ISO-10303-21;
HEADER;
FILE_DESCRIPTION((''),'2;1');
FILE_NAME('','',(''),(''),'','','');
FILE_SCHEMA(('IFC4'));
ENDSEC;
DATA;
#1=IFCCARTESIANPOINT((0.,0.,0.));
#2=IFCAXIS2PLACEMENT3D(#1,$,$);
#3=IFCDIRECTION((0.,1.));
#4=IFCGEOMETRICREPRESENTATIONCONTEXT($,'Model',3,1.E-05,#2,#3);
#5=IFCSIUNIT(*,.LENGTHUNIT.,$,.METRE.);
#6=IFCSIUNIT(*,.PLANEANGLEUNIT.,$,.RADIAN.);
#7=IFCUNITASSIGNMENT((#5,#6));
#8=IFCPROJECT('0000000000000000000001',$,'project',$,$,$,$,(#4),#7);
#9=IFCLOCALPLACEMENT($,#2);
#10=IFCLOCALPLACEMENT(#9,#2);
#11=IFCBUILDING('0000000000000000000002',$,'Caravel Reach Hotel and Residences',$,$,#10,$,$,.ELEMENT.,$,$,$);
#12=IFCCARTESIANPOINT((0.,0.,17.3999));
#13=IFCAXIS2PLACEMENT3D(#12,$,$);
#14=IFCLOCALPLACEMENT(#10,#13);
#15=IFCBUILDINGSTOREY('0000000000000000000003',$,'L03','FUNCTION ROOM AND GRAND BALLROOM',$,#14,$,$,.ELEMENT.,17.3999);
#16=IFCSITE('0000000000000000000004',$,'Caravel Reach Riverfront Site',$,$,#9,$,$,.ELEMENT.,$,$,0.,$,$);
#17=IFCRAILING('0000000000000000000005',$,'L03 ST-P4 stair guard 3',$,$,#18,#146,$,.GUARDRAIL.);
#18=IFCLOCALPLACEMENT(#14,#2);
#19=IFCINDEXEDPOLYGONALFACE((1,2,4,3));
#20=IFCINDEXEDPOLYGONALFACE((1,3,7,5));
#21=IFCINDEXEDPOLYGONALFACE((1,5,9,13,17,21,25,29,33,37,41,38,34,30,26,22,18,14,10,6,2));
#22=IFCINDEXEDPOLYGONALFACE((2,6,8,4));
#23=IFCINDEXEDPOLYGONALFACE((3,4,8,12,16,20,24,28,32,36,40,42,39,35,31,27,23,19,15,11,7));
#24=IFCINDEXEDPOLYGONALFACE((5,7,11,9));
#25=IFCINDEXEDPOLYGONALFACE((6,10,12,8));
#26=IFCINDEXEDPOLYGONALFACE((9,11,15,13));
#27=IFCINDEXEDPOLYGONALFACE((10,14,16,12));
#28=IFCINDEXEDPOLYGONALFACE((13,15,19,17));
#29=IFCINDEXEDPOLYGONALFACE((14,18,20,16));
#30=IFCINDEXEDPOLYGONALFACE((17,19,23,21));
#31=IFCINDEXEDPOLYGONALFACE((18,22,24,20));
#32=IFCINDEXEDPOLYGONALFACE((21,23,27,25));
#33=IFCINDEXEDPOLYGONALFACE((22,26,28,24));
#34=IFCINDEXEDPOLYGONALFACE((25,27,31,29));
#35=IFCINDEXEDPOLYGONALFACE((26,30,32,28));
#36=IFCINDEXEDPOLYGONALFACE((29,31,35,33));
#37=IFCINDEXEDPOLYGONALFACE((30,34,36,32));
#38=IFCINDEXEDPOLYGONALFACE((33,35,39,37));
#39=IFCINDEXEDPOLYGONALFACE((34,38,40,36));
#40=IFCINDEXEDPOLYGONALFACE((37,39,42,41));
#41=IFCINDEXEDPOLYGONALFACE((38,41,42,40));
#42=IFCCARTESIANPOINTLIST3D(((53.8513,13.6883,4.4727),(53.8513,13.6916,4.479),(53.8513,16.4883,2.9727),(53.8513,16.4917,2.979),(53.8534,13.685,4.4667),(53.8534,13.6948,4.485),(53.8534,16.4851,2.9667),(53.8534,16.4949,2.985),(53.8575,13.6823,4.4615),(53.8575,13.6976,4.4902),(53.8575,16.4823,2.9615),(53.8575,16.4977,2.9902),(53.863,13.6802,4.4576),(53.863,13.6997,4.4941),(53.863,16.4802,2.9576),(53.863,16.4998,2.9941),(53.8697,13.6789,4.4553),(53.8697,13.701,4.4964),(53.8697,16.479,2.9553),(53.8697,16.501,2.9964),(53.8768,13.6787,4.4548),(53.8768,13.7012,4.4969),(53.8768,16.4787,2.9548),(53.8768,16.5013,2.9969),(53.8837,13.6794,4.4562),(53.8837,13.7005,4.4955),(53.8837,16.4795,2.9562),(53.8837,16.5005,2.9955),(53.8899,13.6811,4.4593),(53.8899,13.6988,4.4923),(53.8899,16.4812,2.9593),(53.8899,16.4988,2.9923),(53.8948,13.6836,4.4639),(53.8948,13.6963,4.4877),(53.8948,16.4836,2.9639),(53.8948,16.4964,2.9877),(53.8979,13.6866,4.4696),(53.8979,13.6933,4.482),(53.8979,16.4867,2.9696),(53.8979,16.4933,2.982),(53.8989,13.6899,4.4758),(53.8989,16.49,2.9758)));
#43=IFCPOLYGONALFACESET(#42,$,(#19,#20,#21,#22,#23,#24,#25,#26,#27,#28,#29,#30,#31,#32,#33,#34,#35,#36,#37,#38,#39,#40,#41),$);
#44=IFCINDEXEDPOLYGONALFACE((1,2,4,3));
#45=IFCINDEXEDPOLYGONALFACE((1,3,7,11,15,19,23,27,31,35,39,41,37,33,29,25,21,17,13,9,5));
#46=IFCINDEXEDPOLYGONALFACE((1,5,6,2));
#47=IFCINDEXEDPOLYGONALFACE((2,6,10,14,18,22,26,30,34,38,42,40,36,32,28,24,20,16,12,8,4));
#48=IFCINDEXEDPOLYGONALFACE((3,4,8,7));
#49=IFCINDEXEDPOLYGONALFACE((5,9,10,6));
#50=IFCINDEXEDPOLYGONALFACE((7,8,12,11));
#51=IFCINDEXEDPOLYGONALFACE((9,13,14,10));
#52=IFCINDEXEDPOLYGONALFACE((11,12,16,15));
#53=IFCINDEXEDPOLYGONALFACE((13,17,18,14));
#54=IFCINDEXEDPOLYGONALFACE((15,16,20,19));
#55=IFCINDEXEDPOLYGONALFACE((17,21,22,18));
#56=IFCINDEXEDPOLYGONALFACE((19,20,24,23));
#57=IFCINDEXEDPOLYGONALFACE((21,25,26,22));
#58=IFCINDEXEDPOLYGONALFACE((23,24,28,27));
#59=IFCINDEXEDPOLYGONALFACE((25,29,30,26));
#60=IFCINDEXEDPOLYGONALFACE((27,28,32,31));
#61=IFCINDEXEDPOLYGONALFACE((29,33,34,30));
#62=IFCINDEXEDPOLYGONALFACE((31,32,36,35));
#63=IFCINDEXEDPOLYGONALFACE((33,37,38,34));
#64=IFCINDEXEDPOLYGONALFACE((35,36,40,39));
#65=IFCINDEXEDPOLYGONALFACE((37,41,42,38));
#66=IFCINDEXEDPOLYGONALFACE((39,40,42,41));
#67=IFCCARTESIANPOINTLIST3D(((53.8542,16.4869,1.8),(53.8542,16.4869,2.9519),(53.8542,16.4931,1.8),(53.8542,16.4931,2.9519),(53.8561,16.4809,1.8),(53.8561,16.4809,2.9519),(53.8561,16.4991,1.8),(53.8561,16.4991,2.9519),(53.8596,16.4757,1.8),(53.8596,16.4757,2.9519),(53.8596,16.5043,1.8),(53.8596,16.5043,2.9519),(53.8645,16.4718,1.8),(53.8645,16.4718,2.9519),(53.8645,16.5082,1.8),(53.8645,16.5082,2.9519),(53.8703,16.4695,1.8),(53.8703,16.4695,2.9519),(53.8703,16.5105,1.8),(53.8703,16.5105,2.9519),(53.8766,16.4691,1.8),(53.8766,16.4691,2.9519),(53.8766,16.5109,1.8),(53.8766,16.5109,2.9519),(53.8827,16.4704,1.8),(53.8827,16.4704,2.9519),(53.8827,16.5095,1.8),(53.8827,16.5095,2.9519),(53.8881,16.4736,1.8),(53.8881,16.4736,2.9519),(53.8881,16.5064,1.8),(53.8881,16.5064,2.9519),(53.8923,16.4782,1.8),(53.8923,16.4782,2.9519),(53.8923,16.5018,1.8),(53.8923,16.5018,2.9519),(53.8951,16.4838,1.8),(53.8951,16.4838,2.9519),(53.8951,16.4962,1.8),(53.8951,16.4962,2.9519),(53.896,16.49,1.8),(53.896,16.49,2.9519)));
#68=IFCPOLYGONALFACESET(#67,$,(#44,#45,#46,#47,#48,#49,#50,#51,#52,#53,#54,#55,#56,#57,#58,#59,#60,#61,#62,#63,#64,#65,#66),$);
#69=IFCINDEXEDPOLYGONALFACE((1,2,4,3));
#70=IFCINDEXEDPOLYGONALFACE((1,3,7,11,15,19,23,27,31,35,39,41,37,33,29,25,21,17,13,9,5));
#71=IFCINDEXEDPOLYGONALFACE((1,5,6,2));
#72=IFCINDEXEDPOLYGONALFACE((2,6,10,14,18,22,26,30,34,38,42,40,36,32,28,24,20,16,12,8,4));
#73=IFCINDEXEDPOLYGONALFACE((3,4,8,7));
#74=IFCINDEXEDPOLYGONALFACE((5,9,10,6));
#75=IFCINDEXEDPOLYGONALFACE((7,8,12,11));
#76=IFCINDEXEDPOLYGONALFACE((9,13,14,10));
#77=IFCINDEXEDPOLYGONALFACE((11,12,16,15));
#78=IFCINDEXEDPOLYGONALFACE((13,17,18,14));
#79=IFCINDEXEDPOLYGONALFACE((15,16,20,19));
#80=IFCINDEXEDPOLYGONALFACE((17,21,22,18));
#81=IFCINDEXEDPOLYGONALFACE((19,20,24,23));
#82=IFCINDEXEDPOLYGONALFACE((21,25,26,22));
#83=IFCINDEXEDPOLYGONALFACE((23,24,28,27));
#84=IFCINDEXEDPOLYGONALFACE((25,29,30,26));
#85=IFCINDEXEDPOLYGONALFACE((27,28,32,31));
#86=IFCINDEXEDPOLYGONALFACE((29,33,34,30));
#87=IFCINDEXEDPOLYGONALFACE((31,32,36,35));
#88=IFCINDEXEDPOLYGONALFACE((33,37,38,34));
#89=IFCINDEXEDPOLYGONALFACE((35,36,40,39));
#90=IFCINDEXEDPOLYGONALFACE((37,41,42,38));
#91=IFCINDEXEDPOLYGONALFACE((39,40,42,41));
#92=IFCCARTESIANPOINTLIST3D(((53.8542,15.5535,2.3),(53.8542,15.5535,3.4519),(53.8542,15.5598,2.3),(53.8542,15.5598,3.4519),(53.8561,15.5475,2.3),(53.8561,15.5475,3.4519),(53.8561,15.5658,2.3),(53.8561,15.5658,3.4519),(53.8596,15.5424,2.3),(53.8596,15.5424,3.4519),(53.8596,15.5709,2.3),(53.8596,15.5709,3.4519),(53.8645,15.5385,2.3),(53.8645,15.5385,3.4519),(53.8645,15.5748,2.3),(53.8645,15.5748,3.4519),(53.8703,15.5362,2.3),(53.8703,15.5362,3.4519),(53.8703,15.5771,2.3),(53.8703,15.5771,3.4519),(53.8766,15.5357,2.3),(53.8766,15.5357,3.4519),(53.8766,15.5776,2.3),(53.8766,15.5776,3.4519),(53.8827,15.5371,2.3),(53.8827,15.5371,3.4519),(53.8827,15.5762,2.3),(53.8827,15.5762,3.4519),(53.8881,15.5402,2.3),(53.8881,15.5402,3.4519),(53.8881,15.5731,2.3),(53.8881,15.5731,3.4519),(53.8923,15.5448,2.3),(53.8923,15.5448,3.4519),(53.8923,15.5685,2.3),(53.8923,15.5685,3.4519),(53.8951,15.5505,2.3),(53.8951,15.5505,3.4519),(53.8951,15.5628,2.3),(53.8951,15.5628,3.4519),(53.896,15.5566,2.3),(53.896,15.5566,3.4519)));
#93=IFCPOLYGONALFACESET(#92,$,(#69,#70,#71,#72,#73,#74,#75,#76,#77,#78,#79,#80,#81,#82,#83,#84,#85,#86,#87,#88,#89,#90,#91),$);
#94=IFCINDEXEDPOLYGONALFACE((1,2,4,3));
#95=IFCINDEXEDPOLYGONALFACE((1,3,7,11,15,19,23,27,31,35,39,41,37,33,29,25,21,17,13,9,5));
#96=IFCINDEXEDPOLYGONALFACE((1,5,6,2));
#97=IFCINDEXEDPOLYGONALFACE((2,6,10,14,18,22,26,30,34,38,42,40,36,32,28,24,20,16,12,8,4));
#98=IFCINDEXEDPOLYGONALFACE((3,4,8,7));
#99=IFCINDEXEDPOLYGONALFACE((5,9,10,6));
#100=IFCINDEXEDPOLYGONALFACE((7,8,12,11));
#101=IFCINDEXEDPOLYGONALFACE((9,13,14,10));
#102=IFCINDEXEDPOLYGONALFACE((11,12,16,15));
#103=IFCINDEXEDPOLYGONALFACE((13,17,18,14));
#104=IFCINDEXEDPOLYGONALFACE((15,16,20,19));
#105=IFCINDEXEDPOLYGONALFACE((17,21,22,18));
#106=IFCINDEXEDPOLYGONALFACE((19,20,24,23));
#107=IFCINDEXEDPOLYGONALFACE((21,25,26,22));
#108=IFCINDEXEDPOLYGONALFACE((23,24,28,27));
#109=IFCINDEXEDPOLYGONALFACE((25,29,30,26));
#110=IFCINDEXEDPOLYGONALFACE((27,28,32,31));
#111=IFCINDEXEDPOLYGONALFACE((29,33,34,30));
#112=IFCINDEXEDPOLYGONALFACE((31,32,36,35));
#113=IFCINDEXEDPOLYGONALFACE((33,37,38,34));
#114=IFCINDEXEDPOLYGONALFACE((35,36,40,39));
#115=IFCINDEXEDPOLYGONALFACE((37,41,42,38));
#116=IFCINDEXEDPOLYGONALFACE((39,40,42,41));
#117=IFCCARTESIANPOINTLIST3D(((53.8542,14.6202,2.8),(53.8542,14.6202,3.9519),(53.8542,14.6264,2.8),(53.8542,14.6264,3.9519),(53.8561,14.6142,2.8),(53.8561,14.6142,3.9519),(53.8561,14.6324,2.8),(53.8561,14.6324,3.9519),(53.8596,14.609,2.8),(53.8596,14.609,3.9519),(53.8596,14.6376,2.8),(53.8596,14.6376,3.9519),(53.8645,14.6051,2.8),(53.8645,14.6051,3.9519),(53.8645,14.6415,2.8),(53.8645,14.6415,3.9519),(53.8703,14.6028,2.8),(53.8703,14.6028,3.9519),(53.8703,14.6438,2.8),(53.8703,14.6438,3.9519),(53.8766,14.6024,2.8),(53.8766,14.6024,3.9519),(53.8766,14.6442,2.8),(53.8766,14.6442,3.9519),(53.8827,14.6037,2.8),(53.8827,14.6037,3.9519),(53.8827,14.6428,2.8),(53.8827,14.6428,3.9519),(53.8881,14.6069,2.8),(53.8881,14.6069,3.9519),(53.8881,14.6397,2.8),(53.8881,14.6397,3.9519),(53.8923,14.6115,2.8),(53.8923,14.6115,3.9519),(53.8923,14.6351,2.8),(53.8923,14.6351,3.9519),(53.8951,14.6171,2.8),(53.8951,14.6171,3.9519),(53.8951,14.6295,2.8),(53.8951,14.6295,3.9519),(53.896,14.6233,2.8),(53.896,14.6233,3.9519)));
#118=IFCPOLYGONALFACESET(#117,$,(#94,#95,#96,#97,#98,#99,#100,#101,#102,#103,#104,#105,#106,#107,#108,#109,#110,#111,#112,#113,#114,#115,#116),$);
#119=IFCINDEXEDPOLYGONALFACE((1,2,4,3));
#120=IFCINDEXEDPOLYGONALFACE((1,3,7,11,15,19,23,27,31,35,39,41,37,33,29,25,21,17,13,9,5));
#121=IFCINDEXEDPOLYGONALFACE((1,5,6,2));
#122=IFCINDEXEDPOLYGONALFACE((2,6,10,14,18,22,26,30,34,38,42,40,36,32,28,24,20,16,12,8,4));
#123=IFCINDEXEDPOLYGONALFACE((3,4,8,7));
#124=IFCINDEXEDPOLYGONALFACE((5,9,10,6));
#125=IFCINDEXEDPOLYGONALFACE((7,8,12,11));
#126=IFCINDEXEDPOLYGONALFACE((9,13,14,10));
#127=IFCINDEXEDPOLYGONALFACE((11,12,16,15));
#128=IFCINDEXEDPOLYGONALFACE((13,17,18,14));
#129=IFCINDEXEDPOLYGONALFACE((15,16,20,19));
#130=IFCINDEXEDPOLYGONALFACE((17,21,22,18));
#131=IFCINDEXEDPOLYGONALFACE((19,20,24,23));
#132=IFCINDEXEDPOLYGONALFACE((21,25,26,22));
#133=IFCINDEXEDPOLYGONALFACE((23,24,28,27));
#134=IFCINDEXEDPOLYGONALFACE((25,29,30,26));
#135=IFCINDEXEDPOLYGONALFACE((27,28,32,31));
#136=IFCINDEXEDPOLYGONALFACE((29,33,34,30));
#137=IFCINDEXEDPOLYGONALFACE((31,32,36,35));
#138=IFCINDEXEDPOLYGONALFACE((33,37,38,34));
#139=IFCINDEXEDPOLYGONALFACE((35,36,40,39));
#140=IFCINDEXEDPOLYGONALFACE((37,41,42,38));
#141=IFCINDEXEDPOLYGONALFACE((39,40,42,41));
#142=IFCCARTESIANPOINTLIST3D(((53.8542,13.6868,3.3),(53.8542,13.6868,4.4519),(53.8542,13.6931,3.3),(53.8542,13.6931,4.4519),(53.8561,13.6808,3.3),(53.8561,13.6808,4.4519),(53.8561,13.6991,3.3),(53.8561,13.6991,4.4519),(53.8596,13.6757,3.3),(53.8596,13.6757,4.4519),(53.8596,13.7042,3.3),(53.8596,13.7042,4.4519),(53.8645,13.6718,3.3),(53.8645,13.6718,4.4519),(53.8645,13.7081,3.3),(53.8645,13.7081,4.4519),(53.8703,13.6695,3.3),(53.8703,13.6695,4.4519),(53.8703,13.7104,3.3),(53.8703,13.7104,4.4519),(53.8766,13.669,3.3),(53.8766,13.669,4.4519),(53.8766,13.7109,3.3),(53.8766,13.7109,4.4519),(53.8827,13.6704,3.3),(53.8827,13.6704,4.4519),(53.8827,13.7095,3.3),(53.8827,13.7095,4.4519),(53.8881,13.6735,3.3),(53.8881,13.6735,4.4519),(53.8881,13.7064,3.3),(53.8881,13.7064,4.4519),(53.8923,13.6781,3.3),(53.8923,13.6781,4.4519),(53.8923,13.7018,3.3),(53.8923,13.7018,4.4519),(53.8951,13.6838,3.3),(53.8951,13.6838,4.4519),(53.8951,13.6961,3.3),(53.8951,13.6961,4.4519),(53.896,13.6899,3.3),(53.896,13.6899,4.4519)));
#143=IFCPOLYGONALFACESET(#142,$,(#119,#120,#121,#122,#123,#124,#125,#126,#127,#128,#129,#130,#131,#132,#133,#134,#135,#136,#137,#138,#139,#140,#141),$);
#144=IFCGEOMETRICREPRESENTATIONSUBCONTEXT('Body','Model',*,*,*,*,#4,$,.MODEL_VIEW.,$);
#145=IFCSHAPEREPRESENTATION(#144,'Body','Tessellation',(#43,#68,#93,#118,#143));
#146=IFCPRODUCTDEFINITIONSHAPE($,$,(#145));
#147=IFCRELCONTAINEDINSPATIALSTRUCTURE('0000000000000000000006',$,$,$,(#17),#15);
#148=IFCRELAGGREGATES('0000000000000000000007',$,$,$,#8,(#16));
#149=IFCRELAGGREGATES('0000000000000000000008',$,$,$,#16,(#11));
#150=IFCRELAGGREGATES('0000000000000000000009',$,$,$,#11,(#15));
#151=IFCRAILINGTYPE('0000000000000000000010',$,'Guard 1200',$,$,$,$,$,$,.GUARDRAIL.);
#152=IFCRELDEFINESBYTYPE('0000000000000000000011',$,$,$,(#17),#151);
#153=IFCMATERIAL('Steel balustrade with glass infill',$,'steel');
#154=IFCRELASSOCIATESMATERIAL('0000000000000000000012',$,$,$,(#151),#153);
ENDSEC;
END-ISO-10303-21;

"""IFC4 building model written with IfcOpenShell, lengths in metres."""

from ifc_helpers import new_model, si_unit, direction, frame, origin, origin_2d, place, context, subcontext, project, spatial, circle, extrude, material, type_object, element, save


model = new_model("IFC4")

# Units and contexts
model_context = context("Model", 3, precision=1e-05, world=origin(), true_north=direction((0.0, 1.0)))
body_context = subcontext(model_context, "Body", "Model", "MODEL_VIEW")
ifc_project = project(units=[si_unit("LENGTHUNIT", "METRE"), si_unit("PLANEANGLEUNIT", "RADIAN")], contexts=[model_context])

# Site, building, storey
site_placement = place(None, origin())
site = spatial("IfcSite", under=ifc_project, at=site_placement, Name="Caravel Reach Riverfront Site", CompositionType="ELEMENT", RefElevation=0.0)
building_placement = place(site_placement, origin())
building = spatial("IfcBuilding", under=site, at=building_placement, Name="Caravel Reach Hotel and Residences", CompositionType="ELEMENT")
storey_placement = place(building_placement, frame((0.0, 0.0, 17.3999)))
storey = spatial("IfcBuildingStorey", under=building, at=storey_placement, Name="L03", Description="FUNCTION ROOM AND GRAND BALLROOM", CompositionType="ELEMENT", Elevation=17.3999)

# Railing
ifc_material_1 = material(Name="Steel balustrade with glass infill", Category="steel")
railing_type_1 = type_object("IfcRailingType", Name="Guard 1200", PredefinedType="GUARDRAIL", material=ifc_material_1)
railing_1_placement = place(storey_placement, frame((53.875, 16.49, 1.8)))
element("IfcRailing", 1, at=railing_1_placement, inside=storey, type_object=railing_type_1, Name="L03 ST-P4 stair guard 3", PredefinedType="GUARDRAIL", context=body_context, shape_type="SweptSolid", body=[
    extrude(circle(Radius=0.0239, at=origin_2d()), frame((0.0, 0.0, 1.1758), z_axis=(0.0, -0.881483, 0.472215), x_axis=(1.0, 0.0, 0.0)), (0.0, 0.0, 1.0), 3.1765),
    extrude(circle(Radius=0.021, at=origin_2d()), origin(), (0.0, 0.0, 1.0), 1.1519),
    extrude(circle(Radius=0.021, at=origin_2d()), frame((0.0, -0.9333, 0.5)), (0.0, 0.0, 1.0), 1.1519),
    extrude(circle(Radius=0.021, at=origin_2d()), frame((0.0, -1.8667, 1.0)), (0.0, 0.0, 1.0), 1.1519),
    extrude(circle(Radius=0.021, at=origin_2d()), frame((0.0, -2.8, 1.5)), (0.0, 0.0, 1.0), 1.1519),
])

save(model, "model.ifc")
